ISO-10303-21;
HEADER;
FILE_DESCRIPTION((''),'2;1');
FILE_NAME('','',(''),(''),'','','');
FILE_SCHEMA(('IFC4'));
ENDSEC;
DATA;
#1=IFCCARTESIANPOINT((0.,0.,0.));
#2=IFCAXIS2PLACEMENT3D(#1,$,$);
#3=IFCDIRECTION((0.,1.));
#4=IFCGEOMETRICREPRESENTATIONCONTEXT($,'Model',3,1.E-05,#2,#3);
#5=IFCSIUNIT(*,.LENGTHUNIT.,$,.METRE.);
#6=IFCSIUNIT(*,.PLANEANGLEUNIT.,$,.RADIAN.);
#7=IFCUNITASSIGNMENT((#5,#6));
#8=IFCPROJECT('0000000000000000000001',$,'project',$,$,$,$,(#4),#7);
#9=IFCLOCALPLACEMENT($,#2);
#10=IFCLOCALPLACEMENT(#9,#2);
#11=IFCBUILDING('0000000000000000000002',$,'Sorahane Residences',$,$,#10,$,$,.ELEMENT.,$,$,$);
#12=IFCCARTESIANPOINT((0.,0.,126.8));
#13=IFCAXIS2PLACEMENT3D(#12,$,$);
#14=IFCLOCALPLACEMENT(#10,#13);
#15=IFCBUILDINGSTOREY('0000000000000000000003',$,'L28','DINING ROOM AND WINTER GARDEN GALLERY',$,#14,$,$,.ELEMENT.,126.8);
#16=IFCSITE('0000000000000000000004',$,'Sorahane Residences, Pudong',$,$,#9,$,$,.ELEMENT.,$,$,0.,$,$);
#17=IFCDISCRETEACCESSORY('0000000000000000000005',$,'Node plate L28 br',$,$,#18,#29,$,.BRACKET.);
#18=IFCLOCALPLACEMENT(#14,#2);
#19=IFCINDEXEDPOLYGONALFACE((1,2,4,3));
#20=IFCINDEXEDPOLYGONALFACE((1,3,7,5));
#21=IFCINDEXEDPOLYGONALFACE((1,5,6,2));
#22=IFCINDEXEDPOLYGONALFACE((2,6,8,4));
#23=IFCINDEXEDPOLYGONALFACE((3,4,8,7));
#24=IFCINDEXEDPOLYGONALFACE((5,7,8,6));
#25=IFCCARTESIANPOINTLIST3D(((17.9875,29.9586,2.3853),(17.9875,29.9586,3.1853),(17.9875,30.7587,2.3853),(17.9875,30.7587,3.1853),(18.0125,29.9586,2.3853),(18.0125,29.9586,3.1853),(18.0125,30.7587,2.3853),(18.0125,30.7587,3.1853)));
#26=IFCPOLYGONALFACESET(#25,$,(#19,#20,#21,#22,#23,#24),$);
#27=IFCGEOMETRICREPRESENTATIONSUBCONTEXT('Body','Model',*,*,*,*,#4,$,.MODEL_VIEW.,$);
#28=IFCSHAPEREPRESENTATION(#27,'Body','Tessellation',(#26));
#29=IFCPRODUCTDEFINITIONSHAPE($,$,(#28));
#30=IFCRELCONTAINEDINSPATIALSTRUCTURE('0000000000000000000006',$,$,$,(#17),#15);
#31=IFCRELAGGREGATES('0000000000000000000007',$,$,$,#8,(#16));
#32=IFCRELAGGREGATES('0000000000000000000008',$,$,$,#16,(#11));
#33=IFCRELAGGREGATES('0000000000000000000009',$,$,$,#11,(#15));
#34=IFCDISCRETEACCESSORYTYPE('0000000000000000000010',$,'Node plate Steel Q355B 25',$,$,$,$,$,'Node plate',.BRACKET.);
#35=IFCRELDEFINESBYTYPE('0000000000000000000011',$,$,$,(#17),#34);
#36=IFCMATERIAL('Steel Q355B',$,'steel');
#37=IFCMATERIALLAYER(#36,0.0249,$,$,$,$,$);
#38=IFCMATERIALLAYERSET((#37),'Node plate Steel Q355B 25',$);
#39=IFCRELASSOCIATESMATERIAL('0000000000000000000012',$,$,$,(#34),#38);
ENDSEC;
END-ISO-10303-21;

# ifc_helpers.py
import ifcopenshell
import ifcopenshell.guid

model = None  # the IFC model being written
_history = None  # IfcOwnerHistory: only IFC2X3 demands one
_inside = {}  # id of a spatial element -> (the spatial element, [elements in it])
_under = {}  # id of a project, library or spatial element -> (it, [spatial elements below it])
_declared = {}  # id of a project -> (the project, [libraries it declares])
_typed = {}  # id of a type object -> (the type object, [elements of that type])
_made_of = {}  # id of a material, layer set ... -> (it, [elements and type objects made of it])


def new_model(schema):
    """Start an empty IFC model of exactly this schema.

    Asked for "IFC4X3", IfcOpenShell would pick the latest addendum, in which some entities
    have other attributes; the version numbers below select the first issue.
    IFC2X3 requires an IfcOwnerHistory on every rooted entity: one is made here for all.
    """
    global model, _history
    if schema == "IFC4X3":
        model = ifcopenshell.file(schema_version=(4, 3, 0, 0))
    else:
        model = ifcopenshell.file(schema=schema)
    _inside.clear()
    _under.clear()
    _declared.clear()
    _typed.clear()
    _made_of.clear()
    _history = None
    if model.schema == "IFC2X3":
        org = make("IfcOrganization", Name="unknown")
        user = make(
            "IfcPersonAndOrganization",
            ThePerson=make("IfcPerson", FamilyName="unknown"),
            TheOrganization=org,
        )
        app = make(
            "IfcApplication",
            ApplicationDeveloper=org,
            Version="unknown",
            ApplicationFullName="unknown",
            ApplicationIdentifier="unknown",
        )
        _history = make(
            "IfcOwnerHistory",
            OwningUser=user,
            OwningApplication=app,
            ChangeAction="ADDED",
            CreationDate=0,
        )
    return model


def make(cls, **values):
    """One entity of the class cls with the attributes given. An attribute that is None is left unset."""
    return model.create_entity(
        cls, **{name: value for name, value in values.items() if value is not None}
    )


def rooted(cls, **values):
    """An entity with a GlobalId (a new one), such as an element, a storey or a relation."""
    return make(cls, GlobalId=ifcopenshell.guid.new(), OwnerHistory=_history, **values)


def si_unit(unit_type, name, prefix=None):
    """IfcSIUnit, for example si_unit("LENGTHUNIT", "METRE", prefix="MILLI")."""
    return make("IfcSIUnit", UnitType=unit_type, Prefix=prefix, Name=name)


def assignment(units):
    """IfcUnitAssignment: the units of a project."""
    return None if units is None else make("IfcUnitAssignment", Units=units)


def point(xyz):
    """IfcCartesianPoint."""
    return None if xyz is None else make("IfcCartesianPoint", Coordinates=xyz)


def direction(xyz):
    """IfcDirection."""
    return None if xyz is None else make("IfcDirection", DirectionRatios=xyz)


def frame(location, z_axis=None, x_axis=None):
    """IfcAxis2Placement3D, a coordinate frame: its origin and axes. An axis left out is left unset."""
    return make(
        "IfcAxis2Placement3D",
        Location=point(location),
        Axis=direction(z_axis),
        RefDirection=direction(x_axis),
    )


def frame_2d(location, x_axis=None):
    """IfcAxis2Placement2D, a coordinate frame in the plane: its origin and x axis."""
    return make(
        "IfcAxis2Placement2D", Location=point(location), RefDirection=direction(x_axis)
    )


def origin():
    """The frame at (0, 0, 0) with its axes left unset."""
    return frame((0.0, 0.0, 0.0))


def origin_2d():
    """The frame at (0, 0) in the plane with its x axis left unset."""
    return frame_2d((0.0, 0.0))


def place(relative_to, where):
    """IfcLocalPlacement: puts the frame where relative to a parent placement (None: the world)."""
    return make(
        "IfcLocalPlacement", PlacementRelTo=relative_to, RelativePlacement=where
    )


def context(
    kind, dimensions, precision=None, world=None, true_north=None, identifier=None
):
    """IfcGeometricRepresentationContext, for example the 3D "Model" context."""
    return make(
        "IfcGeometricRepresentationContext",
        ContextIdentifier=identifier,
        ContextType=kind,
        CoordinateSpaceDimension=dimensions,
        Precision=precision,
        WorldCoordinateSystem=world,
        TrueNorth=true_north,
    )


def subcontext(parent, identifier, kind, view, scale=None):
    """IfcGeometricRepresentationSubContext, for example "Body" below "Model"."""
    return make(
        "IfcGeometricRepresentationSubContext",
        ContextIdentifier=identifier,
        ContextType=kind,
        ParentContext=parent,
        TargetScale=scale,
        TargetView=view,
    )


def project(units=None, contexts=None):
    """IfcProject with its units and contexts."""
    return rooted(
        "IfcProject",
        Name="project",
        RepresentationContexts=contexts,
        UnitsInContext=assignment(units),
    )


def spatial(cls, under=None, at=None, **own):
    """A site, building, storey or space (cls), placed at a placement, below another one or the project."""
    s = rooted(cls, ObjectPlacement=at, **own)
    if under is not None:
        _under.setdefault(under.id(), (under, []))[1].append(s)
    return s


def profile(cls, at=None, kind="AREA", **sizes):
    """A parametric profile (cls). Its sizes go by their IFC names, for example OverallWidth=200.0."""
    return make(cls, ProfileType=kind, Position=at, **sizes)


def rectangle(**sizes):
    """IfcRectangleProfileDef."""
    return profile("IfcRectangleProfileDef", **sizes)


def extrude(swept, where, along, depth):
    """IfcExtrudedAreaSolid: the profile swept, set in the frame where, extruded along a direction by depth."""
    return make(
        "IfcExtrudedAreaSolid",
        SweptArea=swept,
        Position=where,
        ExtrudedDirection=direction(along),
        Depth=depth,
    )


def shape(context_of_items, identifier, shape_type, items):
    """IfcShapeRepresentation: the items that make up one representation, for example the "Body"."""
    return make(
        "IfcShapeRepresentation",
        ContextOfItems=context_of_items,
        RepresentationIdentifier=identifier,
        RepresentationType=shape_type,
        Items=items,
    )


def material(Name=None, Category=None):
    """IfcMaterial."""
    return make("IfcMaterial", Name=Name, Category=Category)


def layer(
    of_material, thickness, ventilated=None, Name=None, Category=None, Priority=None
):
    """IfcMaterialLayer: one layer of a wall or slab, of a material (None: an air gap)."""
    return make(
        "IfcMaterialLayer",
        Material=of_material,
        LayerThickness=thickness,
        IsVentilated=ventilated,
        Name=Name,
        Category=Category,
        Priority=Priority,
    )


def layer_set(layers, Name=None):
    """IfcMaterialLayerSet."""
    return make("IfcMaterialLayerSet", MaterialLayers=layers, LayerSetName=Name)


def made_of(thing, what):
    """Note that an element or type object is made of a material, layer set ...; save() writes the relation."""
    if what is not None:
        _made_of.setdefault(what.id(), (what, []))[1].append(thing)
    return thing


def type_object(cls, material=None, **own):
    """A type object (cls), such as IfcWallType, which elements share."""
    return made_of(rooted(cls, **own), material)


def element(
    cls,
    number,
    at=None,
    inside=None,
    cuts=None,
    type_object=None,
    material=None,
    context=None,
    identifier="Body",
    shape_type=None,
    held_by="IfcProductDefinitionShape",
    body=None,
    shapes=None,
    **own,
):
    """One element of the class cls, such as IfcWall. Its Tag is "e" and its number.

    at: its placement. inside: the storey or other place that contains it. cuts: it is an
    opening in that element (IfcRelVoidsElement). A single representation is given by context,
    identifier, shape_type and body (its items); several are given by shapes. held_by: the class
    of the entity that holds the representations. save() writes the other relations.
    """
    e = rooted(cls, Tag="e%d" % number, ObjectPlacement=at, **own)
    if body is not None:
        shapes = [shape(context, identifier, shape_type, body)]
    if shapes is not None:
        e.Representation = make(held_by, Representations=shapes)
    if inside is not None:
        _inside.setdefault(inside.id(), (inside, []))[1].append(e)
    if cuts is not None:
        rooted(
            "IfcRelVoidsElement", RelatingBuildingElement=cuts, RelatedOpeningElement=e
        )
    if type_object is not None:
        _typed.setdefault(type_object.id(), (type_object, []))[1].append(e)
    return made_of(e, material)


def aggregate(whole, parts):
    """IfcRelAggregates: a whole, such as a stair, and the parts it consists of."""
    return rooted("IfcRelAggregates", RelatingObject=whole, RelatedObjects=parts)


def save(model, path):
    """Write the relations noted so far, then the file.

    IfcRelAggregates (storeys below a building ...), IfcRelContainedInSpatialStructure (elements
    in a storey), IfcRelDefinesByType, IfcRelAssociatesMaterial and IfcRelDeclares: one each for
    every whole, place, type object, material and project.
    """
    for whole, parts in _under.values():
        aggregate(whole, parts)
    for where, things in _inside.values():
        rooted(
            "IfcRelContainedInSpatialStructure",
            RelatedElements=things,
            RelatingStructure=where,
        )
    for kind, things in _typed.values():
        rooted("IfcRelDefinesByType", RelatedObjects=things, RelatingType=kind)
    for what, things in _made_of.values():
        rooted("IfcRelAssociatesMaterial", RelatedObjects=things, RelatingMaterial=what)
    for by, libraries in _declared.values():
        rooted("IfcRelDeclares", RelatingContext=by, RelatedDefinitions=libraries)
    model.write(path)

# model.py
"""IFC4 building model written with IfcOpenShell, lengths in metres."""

from ifc_helpers import new_model, si_unit, direction, frame, origin, origin_2d, place, context, subcontext, project, spatial, rectangle, extrude, material, layer, layer_set, type_object, element, save


model = new_model("IFC4")

# Units and contexts
model_context = context("Model", 3, precision=1e-05, world=origin(), true_north=direction((0.0, 1.0)))
body_context = subcontext(model_context, "Body", "Model", "MODEL_VIEW")
ifc_project = project(units=[si_unit("LENGTHUNIT", "METRE"), si_unit("PLANEANGLEUNIT", "RADIAN")], contexts=[model_context])

# Site, building, storey
site_placement = place(None, origin())
site = spatial("IfcSite", under=ifc_project, at=site_placement, Name="Sorahane Residences, Pudong", CompositionType="ELEMENT", RefElevation=0.0)
building_placement = place(site_placement, origin())
building = spatial("IfcBuilding", under=site, at=building_placement, Name="Sorahane Residences", CompositionType="ELEMENT")
storey_placement = place(building_placement, frame((0.0, 0.0, 126.8)))
storey = spatial("IfcBuildingStorey", under=building, at=storey_placement, Name="L28", Description="DINING ROOM AND WINTER GARDEN GALLERY", CompositionType="ELEMENT", Elevation=126.8)

# Discrete accessory
ifc_material_1 = material(Name="Steel Q355B", Category="steel")
ifc_layer_1 = layer(ifc_material_1, 0.0249)
ifc_layer_set_1 = layer_set([ifc_layer_1], Name="Node plate Steel Q355B 25")
discrete_accessory_type = type_object("IfcDiscreteAccessoryType", Name="Node plate Steel Q355B 25", ElementType="Node plate", PredefinedType="BRACKET", material=ifc_layer_set_1)
for number, where, z_axis, x_axis, name in (
    (1, (18.0, 30.3586, 2.3853), (0.0, 0.0, 1.0), (0.0, 1.0, 0.0), "Node plate L28 br"),
):
    element("IfcDiscreteAccessory", number, at=place(storey_placement, frame(where, z_axis=z_axis, x_axis=x_axis)), inside=storey, type_object=discrete_accessory_type, Name=name, PredefinedType="BRACKET", context=body_context, shape_type="SweptSolid", body=[
        extrude(rectangle(XDim=0.8, YDim=0.0249, at=origin_2d()), origin(), (0.0, 0.0, 1.0), 0.8),
    ])

save(model, "model.ifc")
